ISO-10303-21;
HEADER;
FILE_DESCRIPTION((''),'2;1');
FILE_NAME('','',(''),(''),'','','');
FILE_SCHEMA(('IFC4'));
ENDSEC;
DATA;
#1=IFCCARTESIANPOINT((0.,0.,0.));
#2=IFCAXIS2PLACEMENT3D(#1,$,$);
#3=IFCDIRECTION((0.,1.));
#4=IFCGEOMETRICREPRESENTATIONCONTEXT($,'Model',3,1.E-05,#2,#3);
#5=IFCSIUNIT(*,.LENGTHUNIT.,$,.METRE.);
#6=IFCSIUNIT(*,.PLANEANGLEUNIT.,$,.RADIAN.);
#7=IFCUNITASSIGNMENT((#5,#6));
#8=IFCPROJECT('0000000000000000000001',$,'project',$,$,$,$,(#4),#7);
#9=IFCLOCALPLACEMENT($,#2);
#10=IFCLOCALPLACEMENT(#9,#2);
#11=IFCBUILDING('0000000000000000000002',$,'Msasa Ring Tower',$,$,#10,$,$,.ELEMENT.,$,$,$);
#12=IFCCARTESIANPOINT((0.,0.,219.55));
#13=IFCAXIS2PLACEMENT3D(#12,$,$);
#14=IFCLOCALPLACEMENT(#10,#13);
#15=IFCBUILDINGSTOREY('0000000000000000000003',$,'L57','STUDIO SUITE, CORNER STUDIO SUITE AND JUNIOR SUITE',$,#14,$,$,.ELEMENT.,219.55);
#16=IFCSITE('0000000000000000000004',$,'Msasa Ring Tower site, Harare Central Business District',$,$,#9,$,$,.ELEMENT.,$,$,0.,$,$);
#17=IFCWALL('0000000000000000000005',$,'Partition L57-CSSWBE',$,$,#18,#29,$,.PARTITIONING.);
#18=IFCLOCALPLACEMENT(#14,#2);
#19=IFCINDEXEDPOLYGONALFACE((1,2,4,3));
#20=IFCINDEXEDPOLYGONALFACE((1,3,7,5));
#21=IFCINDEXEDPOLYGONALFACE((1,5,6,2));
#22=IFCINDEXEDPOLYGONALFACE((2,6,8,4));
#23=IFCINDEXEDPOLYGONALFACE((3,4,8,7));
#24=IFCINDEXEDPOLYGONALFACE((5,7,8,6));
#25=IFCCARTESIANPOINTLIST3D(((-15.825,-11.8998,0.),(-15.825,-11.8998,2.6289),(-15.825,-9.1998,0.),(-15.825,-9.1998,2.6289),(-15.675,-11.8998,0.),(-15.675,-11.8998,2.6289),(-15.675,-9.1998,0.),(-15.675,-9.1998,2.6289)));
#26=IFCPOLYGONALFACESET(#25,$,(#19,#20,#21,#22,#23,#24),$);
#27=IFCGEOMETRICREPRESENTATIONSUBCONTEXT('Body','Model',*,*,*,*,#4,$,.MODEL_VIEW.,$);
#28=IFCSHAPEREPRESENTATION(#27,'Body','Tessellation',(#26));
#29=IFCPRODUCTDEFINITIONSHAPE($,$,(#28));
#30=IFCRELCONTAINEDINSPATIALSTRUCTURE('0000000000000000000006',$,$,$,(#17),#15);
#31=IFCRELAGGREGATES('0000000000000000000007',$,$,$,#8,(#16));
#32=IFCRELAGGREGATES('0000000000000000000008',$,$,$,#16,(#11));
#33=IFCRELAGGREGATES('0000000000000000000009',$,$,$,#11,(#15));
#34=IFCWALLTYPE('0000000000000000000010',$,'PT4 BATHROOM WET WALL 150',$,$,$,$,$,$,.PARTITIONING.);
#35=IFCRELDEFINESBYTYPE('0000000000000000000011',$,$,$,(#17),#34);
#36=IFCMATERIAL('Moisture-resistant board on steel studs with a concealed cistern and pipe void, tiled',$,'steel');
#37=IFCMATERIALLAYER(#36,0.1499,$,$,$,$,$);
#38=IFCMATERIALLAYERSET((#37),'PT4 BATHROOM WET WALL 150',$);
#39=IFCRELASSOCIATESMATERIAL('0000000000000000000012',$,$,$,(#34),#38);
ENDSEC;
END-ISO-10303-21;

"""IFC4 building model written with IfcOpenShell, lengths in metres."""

from ifc_helpers import new_model, si_unit, direction, frame, frame_2d, origin, place, context, subcontext, project, spatial, rectangle, extrude, material, layer, layer_set, type_object, element, save


model = new_model("IFC4")

# Units and contexts
model_context = context("Model", 3, precision=1e-05, world=origin(), true_north=direction((0.0, 1.0)))
body_context = subcontext(model_context, "Body", "Model", "MODEL_VIEW")
ifc_project = project(units=[si_unit("LENGTHUNIT", "METRE"), si_unit("PLANEANGLEUNIT", "RADIAN")], contexts=[model_context])

# Site, building, storey
site_placement = place(None, origin())
site = spatial("IfcSite", under=ifc_project, at=site_placement, Name="Msasa Ring Tower site, Harare Central Business District", CompositionType="ELEMENT", RefElevation=0.0)
building_placement = place(site_placement, origin())
building = spatial("IfcBuilding", under=site, at=building_placement, Name="Msasa Ring Tower", CompositionType="ELEMENT")
storey_placement = place(building_placement, frame((0.0, 0.0, 219.55)))
storey = spatial("IfcBuildingStorey", under=building, at=storey_placement, Name="L57", Description="STUDIO SUITE, CORNER STUDIO SUITE AND JUNIOR SUITE", CompositionType="ELEMENT", Elevation=219.55)

# Shared definitions
ifc_material_1 = material(Name="Moisture-resistant board on steel studs with a concealed cistern and pipe void, tiled", Category="steel")
ifc_layer_1 = layer(ifc_material_1, 0.1499)
ifc_layer_set_1 = layer_set([ifc_layer_1], Name="PT4 BATHROOM WET WALL 150")
wall_type = type_object("IfcWallType", Name="PT4 BATHROOM WET WALL 150", PredefinedType="PARTITIONING", material=ifc_layer_set_1)

# Wall
wall_1_placement = place(storey_placement, frame((-15.75, -11.8999, 0.0), z_axis=(0.0, 0.0, 1.0), x_axis=(0.0, 1.0, 0.0)))
element("IfcWall", 1, at=wall_1_placement, inside=storey, type_object=wall_type, Name="Partition L57-CSSWBE", PredefinedType="PARTITIONING", context=body_context, shape_type="SweptSolid", body=[
    extrude(rectangle(XDim=2.7, YDim=0.1499, at=frame_2d((1.3501, 0.0))), origin(), (0.0, 0.0, 1.0), 2.6289),
])

save(model, "model.ifc")
